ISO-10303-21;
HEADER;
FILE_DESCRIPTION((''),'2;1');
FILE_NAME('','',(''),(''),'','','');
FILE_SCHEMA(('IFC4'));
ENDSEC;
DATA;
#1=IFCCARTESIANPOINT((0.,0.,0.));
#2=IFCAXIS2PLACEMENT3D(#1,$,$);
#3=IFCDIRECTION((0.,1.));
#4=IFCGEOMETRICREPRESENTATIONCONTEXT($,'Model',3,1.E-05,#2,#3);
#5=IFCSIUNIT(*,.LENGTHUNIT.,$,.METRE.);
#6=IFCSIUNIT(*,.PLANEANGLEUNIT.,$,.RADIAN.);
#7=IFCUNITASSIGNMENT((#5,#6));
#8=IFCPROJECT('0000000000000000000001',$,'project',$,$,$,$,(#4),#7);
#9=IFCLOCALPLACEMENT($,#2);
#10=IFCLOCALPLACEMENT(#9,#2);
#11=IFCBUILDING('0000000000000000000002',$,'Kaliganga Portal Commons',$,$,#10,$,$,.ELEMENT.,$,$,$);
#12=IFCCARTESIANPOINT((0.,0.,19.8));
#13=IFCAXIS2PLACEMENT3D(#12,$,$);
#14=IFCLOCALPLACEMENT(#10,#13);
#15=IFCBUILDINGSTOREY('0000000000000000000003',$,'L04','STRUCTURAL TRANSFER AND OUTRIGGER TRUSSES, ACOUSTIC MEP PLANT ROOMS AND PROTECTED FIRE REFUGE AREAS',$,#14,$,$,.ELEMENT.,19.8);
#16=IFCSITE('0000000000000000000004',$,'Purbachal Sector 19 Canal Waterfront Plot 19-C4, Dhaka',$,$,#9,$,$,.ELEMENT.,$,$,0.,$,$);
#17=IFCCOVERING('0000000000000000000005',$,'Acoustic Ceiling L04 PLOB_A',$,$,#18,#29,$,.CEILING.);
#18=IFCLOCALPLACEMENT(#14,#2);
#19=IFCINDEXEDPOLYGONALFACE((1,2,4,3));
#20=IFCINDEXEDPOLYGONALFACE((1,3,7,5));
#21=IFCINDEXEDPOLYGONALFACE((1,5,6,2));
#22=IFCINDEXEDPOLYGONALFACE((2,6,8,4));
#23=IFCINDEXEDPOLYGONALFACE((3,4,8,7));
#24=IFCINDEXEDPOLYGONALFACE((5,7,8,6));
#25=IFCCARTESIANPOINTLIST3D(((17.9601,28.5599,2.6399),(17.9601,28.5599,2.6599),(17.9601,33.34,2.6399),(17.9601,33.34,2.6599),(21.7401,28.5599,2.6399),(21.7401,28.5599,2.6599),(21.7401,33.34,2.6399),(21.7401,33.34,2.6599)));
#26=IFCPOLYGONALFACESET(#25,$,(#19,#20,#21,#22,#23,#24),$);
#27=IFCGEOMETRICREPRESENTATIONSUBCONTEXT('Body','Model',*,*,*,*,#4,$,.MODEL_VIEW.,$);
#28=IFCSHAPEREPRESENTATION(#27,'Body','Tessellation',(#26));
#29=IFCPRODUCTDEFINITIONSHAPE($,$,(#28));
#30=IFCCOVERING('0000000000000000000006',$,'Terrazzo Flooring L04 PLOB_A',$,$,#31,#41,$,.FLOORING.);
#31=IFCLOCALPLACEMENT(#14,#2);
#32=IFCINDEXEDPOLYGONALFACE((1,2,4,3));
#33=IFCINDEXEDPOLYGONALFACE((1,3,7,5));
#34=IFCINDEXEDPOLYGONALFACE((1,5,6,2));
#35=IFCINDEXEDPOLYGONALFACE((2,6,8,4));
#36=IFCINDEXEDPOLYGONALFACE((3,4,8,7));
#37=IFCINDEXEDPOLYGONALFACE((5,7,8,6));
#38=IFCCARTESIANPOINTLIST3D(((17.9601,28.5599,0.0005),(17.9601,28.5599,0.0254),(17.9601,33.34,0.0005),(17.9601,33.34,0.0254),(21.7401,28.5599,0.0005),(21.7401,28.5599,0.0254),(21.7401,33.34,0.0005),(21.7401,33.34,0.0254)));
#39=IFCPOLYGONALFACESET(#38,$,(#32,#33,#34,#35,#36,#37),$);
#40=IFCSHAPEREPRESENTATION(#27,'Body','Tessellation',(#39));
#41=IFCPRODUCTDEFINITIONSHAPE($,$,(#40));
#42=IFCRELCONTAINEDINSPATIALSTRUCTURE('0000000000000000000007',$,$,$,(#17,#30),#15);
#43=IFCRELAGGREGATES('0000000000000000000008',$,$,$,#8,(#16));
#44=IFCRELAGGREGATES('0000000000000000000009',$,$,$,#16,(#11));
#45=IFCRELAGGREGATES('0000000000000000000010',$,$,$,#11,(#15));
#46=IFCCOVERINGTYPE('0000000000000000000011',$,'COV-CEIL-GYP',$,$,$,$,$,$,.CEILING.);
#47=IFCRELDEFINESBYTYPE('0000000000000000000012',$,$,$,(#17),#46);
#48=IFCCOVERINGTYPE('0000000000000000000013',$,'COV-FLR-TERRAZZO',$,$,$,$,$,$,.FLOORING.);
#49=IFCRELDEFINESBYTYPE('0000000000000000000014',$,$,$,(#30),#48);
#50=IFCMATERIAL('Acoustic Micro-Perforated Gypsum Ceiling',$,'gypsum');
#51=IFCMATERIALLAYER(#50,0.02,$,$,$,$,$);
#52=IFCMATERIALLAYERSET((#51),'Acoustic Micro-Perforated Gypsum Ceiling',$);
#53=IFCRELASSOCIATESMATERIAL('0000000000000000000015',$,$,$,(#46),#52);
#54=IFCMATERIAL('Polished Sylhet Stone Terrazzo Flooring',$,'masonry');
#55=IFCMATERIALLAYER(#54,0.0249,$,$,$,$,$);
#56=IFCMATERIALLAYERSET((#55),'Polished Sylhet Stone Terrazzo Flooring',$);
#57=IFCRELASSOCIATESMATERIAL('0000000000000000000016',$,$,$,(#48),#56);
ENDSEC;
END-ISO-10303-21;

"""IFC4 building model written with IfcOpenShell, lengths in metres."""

from ifc_helpers import new_model, si_unit, direction, frame, origin, origin_2d, place, context, subcontext, project, spatial, rectangle, extrude, source, transform, mapped, material, layer, layer_set, type_object, element, save


model = new_model("IFC4")

# Units and contexts
model_context = context("Model", 3, precision=1e-05, world=origin(), true_north=direction((0.0, 1.0)))
body_context = subcontext(model_context, "Body", "Model", "MODEL_VIEW")
ifc_project = project(units=[si_unit("LENGTHUNIT", "METRE"), si_unit("PLANEANGLEUNIT", "RADIAN")], contexts=[model_context])

# Site, building, storey
site_placement = place(None, origin())
site = spatial("IfcSite", under=ifc_project, at=site_placement, Name="Purbachal Sector 19 Canal Waterfront Plot 19-C4, Dhaka", CompositionType="ELEMENT", RefElevation=0.0)
building_placement = place(site_placement, origin())
building = spatial("IfcBuilding", under=site, at=building_placement, Name="Kaliganga Portal Commons", CompositionType="ELEMENT")
storey_placement = place(building_placement, frame((0.0, 0.0, 19.8)))
storey = spatial("IfcBuildingStorey", under=building, at=storey_placement, Name="L04", Description="STRUCTURAL TRANSFER AND OUTRIGGER TRUSSES, ACOUSTIC MEP PLANT ROOMS AND PROTECTED FIRE REFUGE AREAS", CompositionType="ELEMENT", Elevation=19.8)

# Coverings
ifc_material_1 = material(Name="Acoustic Micro-Perforated Gypsum Ceiling", Category="gypsum")
ifc_layer_1 = layer(ifc_material_1, 0.02)
ifc_layer_set_1 = layer_set([ifc_layer_1], Name="Acoustic Micro-Perforated Gypsum Ceiling")
covering_type_1 = type_object("IfcCoveringType", Name="COV-CEIL-GYP", PredefinedType="CEILING", material=ifc_layer_set_1)
shared_shape_1 = source(origin(), body_context, "Body", "SweptSolid", [
    extrude(rectangle(XDim=3.78, YDim=4.78, at=origin_2d()), origin(), (0.0, 0.0, 1.0), 0.02),
])
covering_1_placement = place(storey_placement, frame((19.8501, 30.95, 2.6399), z_axis=(0.0, 0.0, 1.0), x_axis=(1.0, 0.0, 0.0)))
element("IfcCovering", 1, at=covering_1_placement, inside=storey, type_object=covering_type_1, Name="Acoustic Ceiling L04 PLOB_A", PredefinedType="CEILING", context=body_context, shape_type="MappedRepresentation", body=[
    mapped(shared_shape_1, transform((0.0, 0.0, 0.0), x_axis=(1.0, 0.0, 0.0), y_axis=(0.0, 1.0, 0.0), z_axis=(0.0, 0.0, 1.0), scale=1.0)),
])
ifc_material_2 = material(Name="Polished Sylhet Stone Terrazzo Flooring", Category="masonry")
ifc_layer_2 = layer(ifc_material_2, 0.0249)
ifc_layer_set_2 = layer_set([ifc_layer_2], Name="Polished Sylhet Stone Terrazzo Flooring")
covering_type_2 = type_object("IfcCoveringType", Name="COV-FLR-TERRAZZO", PredefinedType="FLOORING", material=ifc_layer_set_2)
shared_shape_2 = source(origin(), body_context, "Body", "SweptSolid", [
    extrude(rectangle(XDim=3.78, YDim=4.78, at=origin_2d()), origin(), (0.0, 0.0, 1.0), 0.0249),
])
covering_2_placement = place(storey_placement, frame((19.8501, 30.95, 0.0005), z_axis=(0.0, 0.0, 1.0), x_axis=(1.0, 0.0, 0.0)))
element("IfcCovering", 2, at=covering_2_placement, inside=storey, type_object=covering_type_2, Name="Terrazzo Flooring L04 PLOB_A", PredefinedType="FLOORING", context=body_context, shape_type="MappedRepresentation", body=[
    mapped(shared_shape_2, transform((0.0, 0.0, 0.0), x_axis=(1.0, 0.0, 0.0), y_axis=(0.0, 1.0, 0.0), z_axis=(0.0, 0.0, 1.0), scale=1.0)),
])

save(model, "model.ifc")
